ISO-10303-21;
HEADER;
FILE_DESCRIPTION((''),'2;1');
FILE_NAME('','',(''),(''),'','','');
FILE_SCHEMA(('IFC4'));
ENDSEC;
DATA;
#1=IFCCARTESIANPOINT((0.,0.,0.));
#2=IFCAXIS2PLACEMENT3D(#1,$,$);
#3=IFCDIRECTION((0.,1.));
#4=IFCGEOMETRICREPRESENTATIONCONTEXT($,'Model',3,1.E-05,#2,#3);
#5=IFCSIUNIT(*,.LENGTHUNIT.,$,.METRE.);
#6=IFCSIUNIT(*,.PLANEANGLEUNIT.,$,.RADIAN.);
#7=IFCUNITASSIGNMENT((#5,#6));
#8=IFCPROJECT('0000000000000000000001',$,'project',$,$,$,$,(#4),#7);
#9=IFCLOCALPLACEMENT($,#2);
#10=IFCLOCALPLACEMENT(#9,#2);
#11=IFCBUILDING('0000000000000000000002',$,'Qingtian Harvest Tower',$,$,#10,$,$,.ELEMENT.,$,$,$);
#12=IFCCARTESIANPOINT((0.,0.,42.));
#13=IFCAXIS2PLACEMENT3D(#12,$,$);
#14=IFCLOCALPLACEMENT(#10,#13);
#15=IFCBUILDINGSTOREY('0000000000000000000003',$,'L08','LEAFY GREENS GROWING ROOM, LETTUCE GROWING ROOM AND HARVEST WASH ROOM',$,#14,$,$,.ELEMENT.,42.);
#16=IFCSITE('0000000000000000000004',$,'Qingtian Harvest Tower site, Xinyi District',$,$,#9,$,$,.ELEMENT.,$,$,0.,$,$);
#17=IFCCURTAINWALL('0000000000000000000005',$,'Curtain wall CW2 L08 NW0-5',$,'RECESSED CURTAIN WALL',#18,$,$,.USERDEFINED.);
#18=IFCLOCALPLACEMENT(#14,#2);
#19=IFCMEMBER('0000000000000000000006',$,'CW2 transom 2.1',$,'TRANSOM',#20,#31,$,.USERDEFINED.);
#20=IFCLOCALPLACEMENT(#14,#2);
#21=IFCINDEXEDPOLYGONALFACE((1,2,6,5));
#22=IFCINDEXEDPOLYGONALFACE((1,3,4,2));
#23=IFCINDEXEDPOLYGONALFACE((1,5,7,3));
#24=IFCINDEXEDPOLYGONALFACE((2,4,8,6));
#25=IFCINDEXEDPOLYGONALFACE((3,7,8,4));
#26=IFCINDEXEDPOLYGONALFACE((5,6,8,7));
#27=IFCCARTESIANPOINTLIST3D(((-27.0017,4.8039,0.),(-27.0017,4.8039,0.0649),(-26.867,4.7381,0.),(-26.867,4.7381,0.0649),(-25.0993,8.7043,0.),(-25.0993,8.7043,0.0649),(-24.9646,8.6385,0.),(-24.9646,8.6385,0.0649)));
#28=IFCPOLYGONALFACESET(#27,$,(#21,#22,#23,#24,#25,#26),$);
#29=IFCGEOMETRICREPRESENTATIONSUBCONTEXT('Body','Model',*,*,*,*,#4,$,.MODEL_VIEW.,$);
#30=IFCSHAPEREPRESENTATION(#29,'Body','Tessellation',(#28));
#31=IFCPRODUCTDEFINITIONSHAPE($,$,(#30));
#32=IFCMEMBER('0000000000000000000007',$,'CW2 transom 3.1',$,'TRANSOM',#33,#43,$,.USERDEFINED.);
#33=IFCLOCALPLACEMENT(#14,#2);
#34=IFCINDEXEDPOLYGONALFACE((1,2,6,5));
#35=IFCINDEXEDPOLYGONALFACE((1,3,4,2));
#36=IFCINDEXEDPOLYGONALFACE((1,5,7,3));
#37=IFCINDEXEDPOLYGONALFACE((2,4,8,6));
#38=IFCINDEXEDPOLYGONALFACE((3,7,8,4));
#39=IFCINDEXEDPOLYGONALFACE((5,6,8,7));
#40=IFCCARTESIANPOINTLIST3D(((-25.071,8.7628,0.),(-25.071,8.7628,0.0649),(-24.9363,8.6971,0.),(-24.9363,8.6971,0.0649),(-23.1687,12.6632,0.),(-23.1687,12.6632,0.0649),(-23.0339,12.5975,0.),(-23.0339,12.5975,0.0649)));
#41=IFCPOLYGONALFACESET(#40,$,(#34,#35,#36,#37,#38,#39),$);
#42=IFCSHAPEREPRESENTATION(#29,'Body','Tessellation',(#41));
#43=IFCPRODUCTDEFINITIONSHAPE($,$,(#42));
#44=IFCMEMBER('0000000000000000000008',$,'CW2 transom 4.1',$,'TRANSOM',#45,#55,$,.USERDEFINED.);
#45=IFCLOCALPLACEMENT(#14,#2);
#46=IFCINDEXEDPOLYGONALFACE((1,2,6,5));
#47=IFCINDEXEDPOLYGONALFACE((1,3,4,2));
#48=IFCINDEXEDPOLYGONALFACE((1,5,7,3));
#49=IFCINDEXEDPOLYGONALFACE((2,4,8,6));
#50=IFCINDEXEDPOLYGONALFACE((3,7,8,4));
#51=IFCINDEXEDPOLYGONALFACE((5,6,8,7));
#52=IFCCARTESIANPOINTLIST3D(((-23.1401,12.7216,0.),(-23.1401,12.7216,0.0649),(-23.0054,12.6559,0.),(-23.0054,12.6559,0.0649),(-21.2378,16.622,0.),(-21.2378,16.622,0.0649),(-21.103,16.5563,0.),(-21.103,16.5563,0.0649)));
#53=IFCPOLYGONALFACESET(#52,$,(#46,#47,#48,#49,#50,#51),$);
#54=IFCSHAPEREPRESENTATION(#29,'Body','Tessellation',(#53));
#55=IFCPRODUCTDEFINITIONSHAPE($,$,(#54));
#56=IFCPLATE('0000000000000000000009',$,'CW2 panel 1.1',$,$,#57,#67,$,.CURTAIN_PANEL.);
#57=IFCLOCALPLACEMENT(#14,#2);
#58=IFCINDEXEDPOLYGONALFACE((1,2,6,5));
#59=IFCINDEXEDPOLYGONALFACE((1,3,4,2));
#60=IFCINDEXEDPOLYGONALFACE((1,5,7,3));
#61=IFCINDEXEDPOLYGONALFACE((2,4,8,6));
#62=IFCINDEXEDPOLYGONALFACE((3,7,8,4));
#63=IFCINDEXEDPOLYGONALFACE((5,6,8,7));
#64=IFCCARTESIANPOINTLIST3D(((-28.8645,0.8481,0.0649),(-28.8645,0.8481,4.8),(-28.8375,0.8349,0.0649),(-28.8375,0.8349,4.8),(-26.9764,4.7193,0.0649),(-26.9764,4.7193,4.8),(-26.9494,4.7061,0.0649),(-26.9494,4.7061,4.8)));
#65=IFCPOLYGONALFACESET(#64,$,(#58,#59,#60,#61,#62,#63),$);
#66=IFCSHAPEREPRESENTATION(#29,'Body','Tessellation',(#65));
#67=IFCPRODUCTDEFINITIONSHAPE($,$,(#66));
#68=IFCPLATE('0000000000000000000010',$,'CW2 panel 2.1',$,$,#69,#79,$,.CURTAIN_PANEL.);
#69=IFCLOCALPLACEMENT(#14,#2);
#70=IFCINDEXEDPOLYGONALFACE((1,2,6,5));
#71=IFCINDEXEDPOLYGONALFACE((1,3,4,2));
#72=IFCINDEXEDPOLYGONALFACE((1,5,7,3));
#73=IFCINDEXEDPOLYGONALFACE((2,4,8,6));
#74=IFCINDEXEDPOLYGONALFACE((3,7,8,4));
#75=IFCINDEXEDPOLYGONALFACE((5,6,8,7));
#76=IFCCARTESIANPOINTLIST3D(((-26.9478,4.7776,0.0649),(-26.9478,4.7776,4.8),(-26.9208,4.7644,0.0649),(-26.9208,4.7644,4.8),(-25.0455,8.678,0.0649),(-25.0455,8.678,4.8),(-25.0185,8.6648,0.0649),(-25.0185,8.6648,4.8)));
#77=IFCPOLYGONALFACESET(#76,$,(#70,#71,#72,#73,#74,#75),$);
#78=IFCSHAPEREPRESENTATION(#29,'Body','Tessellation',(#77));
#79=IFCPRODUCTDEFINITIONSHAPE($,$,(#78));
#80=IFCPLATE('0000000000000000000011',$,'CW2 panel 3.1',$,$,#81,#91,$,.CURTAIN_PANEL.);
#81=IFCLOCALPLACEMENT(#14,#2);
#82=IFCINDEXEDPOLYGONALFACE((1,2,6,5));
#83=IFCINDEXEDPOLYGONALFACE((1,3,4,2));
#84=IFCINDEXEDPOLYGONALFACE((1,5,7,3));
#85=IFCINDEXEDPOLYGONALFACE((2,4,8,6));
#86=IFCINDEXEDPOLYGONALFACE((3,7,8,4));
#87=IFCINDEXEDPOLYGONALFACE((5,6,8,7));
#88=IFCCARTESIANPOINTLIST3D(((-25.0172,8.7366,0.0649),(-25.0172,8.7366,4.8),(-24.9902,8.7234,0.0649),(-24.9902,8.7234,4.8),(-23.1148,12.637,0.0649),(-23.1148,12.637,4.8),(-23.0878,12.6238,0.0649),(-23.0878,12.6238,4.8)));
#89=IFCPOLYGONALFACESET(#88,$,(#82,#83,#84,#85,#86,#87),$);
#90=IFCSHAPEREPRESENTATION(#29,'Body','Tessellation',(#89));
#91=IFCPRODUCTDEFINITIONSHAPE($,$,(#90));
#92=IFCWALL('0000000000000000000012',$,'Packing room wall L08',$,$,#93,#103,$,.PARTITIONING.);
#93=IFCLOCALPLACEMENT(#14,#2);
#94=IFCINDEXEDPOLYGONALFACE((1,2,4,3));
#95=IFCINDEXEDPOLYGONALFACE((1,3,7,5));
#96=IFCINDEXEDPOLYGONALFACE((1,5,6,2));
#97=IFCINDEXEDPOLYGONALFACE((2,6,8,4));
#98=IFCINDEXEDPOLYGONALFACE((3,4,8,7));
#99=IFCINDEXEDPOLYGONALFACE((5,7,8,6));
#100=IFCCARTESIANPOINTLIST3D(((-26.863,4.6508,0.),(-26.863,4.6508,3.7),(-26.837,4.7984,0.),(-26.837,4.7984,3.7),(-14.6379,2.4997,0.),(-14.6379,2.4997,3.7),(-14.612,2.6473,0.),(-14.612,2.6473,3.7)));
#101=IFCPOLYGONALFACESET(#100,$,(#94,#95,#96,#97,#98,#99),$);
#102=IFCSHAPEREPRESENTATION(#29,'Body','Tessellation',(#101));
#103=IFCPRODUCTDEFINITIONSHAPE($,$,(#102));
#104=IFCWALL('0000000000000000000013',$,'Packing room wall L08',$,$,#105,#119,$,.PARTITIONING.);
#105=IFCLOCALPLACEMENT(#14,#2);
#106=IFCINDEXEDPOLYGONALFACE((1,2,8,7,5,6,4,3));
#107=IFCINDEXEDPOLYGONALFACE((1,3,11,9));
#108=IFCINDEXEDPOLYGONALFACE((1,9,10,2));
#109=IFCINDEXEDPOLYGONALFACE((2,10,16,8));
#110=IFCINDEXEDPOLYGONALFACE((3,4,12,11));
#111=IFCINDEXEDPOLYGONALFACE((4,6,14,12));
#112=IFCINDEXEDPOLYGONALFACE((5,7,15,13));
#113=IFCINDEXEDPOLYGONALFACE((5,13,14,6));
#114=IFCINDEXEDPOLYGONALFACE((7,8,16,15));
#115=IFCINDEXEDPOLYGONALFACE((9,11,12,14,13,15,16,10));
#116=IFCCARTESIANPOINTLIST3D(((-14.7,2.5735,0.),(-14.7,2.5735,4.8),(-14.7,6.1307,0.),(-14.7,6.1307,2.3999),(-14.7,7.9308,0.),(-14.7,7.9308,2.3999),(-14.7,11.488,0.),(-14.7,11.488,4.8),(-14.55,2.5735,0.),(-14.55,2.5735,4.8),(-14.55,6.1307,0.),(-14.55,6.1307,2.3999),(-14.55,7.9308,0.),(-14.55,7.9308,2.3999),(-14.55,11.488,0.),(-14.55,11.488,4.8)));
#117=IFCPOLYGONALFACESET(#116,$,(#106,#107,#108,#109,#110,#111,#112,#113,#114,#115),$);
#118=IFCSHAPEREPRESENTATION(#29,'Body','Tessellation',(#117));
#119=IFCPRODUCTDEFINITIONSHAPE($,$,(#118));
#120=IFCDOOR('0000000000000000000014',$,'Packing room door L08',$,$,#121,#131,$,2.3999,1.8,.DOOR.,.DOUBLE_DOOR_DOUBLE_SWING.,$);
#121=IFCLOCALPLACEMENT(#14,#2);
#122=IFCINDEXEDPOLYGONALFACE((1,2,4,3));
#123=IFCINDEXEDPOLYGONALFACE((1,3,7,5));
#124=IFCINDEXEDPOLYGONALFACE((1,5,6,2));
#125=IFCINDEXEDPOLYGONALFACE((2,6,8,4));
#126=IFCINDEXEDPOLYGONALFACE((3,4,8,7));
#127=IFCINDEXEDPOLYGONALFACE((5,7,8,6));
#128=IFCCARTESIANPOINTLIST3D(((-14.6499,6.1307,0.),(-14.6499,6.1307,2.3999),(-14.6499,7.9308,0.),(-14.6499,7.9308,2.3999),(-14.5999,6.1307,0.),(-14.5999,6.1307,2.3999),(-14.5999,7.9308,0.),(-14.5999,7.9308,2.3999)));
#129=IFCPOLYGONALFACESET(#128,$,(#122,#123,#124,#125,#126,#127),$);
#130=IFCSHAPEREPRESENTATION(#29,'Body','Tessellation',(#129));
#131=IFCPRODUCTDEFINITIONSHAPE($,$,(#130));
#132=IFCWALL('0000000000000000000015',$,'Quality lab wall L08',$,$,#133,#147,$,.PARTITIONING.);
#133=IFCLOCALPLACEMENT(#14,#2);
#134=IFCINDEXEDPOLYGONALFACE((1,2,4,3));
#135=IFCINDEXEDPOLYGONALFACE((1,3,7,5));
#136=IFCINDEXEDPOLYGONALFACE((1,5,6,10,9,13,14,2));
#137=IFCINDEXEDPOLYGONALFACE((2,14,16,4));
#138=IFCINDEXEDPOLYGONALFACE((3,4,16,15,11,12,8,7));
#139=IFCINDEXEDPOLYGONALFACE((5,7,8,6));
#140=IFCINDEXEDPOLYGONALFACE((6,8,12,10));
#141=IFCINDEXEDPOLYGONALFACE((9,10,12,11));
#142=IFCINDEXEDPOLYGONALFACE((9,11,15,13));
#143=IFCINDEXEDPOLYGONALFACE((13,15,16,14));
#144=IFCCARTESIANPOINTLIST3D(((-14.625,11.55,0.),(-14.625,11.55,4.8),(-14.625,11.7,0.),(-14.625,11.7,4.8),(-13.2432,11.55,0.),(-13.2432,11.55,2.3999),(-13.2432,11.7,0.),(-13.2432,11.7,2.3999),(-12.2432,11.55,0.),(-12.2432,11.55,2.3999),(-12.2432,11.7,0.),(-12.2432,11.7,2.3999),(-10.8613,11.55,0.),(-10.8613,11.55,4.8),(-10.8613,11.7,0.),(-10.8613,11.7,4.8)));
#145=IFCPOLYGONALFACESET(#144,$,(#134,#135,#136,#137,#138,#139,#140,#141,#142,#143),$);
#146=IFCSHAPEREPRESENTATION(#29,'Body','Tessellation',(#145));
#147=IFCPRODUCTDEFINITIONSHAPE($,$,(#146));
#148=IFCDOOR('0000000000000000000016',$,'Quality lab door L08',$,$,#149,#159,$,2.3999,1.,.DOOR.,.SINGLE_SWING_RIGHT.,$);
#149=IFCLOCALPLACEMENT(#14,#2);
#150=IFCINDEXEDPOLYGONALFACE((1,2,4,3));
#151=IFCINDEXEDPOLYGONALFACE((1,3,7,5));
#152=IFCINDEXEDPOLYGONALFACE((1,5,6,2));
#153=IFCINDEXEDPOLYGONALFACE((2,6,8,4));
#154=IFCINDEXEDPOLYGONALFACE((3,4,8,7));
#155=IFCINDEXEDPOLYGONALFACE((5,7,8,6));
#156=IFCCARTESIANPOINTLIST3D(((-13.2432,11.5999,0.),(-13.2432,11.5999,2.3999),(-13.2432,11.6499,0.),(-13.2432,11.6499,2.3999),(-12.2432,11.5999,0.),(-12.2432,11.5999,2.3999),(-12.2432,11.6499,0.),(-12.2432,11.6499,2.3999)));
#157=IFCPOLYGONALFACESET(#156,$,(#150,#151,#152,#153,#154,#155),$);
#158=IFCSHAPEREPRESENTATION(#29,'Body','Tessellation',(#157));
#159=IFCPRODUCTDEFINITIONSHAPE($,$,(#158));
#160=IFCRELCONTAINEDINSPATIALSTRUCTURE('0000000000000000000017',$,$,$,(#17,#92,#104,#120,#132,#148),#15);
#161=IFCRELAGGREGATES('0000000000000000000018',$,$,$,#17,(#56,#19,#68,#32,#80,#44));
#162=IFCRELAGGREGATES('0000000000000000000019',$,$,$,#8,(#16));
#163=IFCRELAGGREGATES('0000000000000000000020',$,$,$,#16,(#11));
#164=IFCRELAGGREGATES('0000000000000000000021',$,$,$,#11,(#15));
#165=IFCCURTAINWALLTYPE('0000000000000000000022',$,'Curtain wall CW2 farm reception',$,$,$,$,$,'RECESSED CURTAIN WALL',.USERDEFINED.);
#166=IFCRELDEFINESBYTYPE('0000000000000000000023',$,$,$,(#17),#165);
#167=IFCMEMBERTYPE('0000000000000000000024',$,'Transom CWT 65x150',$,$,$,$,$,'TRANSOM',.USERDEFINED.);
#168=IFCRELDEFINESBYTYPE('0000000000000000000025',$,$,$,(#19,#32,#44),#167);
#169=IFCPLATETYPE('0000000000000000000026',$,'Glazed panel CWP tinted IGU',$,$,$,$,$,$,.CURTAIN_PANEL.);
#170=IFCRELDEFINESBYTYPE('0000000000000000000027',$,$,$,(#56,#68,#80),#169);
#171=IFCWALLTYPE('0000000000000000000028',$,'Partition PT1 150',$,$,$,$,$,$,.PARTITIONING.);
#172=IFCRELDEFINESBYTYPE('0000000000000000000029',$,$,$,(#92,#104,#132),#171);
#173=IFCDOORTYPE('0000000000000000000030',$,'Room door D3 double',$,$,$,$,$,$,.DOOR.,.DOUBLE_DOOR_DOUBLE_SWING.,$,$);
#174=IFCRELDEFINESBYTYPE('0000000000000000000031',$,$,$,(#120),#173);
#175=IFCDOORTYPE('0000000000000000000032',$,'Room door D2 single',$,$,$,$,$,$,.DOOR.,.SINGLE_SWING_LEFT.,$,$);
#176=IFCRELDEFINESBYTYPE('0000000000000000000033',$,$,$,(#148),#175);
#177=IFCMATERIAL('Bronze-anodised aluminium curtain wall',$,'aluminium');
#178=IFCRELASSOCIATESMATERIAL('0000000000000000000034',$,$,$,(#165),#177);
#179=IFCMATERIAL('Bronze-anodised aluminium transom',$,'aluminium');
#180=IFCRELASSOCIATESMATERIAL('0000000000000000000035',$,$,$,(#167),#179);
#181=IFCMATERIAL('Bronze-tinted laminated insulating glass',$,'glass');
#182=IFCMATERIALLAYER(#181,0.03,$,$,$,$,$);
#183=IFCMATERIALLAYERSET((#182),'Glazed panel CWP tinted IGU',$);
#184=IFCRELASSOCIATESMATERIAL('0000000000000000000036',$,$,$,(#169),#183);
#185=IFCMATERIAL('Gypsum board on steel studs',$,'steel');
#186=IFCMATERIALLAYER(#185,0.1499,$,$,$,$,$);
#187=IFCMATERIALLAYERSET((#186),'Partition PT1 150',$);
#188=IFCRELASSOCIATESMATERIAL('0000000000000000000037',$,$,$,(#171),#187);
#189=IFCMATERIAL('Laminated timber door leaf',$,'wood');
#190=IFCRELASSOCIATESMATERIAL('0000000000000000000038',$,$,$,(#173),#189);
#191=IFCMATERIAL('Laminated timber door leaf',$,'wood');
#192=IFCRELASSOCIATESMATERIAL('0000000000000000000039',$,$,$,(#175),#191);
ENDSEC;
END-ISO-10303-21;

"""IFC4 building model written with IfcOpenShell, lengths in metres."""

from ifc_helpers import new_model, si_unit, direction, frame, frame_2d, origin, origin_2d, place, context, subcontext, project, spatial, rectangle, extrude, material, layer, layer_set, material_profile, profile_set, type_object, element, fill, aggregate, save


model = new_model("IFC4")

# Units and contexts
model_context = context("Model", 3, precision=1e-05, world=origin(), true_north=direction((0.0, 1.0)))
body_context = subcontext(model_context, "Body", "Model", "MODEL_VIEW")
ifc_project = project(units=[si_unit("LENGTHUNIT", "METRE"), si_unit("PLANEANGLEUNIT", "RADIAN")], contexts=[model_context])

# Site, building, storey
site_placement = place(None, origin())
site = spatial("IfcSite", under=ifc_project, at=site_placement, Name="Qingtian Harvest Tower site, Xinyi District", CompositionType="ELEMENT", RefElevation=0.0)
building_placement = place(site_placement, origin())
building = spatial("IfcBuilding", under=site, at=building_placement, Name="Qingtian Harvest Tower", CompositionType="ELEMENT")
storey_placement = place(building_placement, frame((0.0, 0.0, 42.0)))
storey = spatial("IfcBuildingStorey", under=building, at=storey_placement, Name="L08", Description="LEAFY GREENS GROWING ROOM, LETTUCE GROWING ROOM AND HARVEST WASH ROOM", CompositionType="ELEMENT", Elevation=42.0)

# Shared definitions
ifc_material_1 = material(Name="Bronze-anodised aluminium curtain wall", Category="aluminium")
curtain_wall_type = type_object("IfcCurtainWallType", Name="Curtain wall CW2 farm reception", ElementType="RECESSED CURTAIN WALL", PredefinedType="USERDEFINED", material=ifc_material_1)

# Curtain wall
curtain_wall_1_placement = place(storey_placement, origin())
curtain_wall_1 = element("IfcCurtainWall", 1, at=curtain_wall_1_placement, inside=storey, type_object=curtain_wall_type, Name="Curtain wall CW2 L08 NW0-5", ObjectType="RECESSED CURTAIN WALL", PredefinedType="USERDEFINED")

# Members
ifc_material_2 = material(Name="Bronze-anodised aluminium transom", Category="aluminium")
ifc_material_profile_1 = material_profile(ifc_material_2, rectangle(XDim=0.1499, YDim=0.0649, at=origin_2d()), Name="AL 65x150")
ifc_profile_set_1 = profile_set([ifc_material_profile_1], Name="Bronze-anodised aluminium transom")
member_type_1 = type_object("IfcMemberType", Name="Transom CWT 65x150", ElementType="TRANSOM", PredefinedType="USERDEFINED", material=ifc_profile_set_1)
member_1_placement = place(storey_placement, frame((-26.9343, 4.771, 0.0325), z_axis=(0.43837, 0.898794, 0.0), x_axis=(-0.898794, 0.43837, 0.0)))
member_1 = element("IfcMember", 2, at=member_1_placement, type_object=member_type_1, Name="CW2 transom 2.1", ObjectType="TRANSOM", PredefinedType="USERDEFINED", context=body_context, shape_type="SweptSolid", body=[
    extrude(rectangle(XDim=0.1499, YDim=0.0649, at=origin_2d()), origin(), (0.0, 0.0, 1.0), 4.3396),
])
member_2_placement = place(storey_placement, frame((-25.0037, 8.73, 0.0325), z_axis=(0.43837, 0.898794, 0.0), x_axis=(-0.898794, 0.43837, 0.0)))
member_2 = element("IfcMember", 3, at=member_2_placement, type_object=member_type_1, Name="CW2 transom 3.1", ObjectType="TRANSOM", PredefinedType="USERDEFINED", context=body_context, shape_type="SweptSolid", body=[
    extrude(rectangle(XDim=0.1499, YDim=0.0649, at=origin_2d()), origin(), (0.0, 0.0, 1.0), 4.3396),
])
member_3_placement = place(storey_placement, frame((-23.0728, 12.6887, 0.0325), z_axis=(0.43837, 0.898794, 0.0), x_axis=(-0.898794, 0.43837, 0.0)))
member_3 = element("IfcMember", 4, at=member_3_placement, type_object=member_type_1, Name="CW2 transom 4.1", ObjectType="TRANSOM", PredefinedType="USERDEFINED", context=body_context, shape_type="SweptSolid", body=[
    extrude(rectangle(XDim=0.1499, YDim=0.0649, at=origin_2d()), origin(), (0.0, 0.0, 1.0), 4.3396),
])

# Plates
ifc_material_3 = material(Name="Bronze-tinted laminated insulating glass", Category="glass")
ifc_layer_1 = layer(ifc_material_3, 0.03)
ifc_layer_set_1 = layer_set([ifc_layer_1], Name="Glazed panel CWP tinted IGU")
plate_type = type_object("IfcPlateType", Name="Glazed panel CWP tinted IGU", PredefinedType="CURTAIN_PANEL", material=ifc_layer_set_1)
plate_1_placement = place(storey_placement, frame((-27.907, 2.7771, 0.0649), z_axis=(0.0, 0.0, 1.0), x_axis=(0.438371, 0.898794, 0.0)))
plate_1 = element("IfcPlate", 5, at=plate_1_placement, type_object=plate_type, Name="CW2 panel 1.1", PredefinedType="CURTAIN_PANEL", context=body_context, shape_type="SweptSolid", body=[
    extrude(rectangle(XDim=4.3071, YDim=0.03, at=origin_2d()), origin(), (0.0, 0.0, 1.0), 4.7351),
])
plate_2_placement = place(storey_placement, frame((-25.9832, 6.7212, 0.0649), z_axis=(0.0, 0.0, 1.0), x_axis=(0.438371, 0.898794, 0.0)))
plate_2 = element("IfcPlate", 6, at=plate_2_placement, type_object=plate_type, Name="CW2 panel 2.1", PredefinedType="CURTAIN_PANEL", context=body_context, shape_type="SweptSolid", body=[
    extrude(rectangle(XDim=4.3396, YDim=0.03, at=origin_2d()), origin(), (0.0, 0.0, 1.0), 4.7351),
])
plate_3_placement = place(storey_placement, frame((-24.0525, 10.6802, 0.0649), z_axis=(0.0, 0.0, 1.0), x_axis=(0.438371, 0.898794, 0.0)))
plate_3 = element("IfcPlate", 7, at=plate_3_placement, type_object=plate_type, Name="CW2 panel 3.1", PredefinedType="CURTAIN_PANEL", context=body_context, shape_type="SweptSolid", body=[
    extrude(rectangle(XDim=4.3396, YDim=0.03, at=origin_2d()), origin(), (0.0, 0.0, 1.0), 4.7351),
])
aggregate(curtain_wall_1, [plate_1, member_1, plate_2, member_2, plate_3, member_3])

# Wall
ifc_material_4 = material(Name="Gypsum board on steel studs", Category="steel")
ifc_layer_2 = layer(ifc_material_4, 0.1499)
ifc_layer_set_2 = layer_set([ifc_layer_2], Name="Partition PT1 150")
wall_type = type_object("IfcWallType", Name="Partition PT1 150", PredefinedType="PARTITIONING", material=ifc_layer_set_2)
wall_1_placement = place(storey_placement, frame((-26.8501, 4.7246, 0.0), z_axis=(0.0, 0.0, 1.0), x_axis=(0.98487, -0.173297, 0.0)))
element("IfcWall", 8, at=wall_1_placement, inside=storey, type_object=wall_type, Name="Packing room wall L08", PredefinedType="PARTITIONING", context=body_context, shape_type="SweptSolid", body=[
    extrude(rectangle(XDim=12.4128, YDim=0.1499, at=frame_2d((6.2065, 0.0))), origin(), (0.0, 0.0, 1.0), 3.7),
])

# Walls, openings, doors
wall_2_placement = place(storey_placement, frame((-14.625, 2.5735, 0.0), z_axis=(0.0, 0.0, 1.0), x_axis=(0.0, 1.0, 0.0)))
wall_2 = element("IfcWall", 9, at=wall_2_placement, inside=storey, type_object=wall_type, Name="Packing room wall L08", PredefinedType="PARTITIONING", context=body_context, shape_type="SweptSolid", body=[
    extrude(rectangle(XDim=8.9146, YDim=0.1499, at=frame_2d((4.4573, 0.0))), origin(), (0.0, 0.0, 1.0), 4.8),
])
opening_1_placement = place(wall_2_placement, frame((3.5574, 0.0, 0.0)))
opening_1 = element("IfcOpeningElement", 10, at=opening_1_placement, cuts=wall_2, PredefinedType="OPENING", context=body_context, shape_type="SweptSolid", body=[
    extrude(rectangle(XDim=1.8, YDim=2.3999, at=frame_2d((0.8999, 1.2))), frame((0.0, 0.085, 0.0), z_axis=(0.0, -1.0, 0.0), x_axis=(1.0, 0.0, 0.0)), (0.0, 0.0, 1.0), 0.1699),
])
ifc_material_5 = material(Name="Laminated timber door leaf", Category="wood")
door_type_1 = type_object("IfcDoorType", Name="Room door D3 double", OperationType="DOUBLE_DOOR_DOUBLE_SWING", PredefinedType="DOOR", material=ifc_material_5)
door_1_placement = place(opening_1_placement, origin())
door_1 = element("IfcDoor", 11, at=door_1_placement, inside=storey, type_object=door_type_1, Name="Packing room door L08", OperationType="DOUBLE_DOOR_DOUBLE_SWING", OverallHeight=2.3999, OverallWidth=1.8, PredefinedType="DOOR", context=body_context, shape_type="SweptSolid", body=[
    extrude(rectangle(XDim=1.8, YDim=2.3999, at=frame_2d((0.8999, 1.2))), frame((0.0, 0.0249, 0.0), z_axis=(0.0, -1.0, 0.0), x_axis=(1.0, 0.0, 0.0)), (0.0, 0.0, 1.0), 0.05),
])
fill(opening_1, door_1)
wall_3_placement = place(storey_placement, frame((-14.625, 11.625, 0.0), z_axis=(0.0, 0.0, 1.0), x_axis=(1.0, 0.0, 0.0)))
wall_3 = element("IfcWall", 12, at=wall_3_placement, inside=storey, type_object=wall_type, Name="Quality lab wall L08", PredefinedType="PARTITIONING", context=body_context, shape_type="SweptSolid", body=[
    extrude(rectangle(XDim=3.7637, YDim=0.1499, at=frame_2d((1.8818, 0.0))), origin(), (0.0, 0.0, 1.0), 4.8),
])
opening_2_placement = place(wall_3_placement, frame((1.3818, 0.0, 0.0)))
opening_2 = element("IfcOpeningElement", 13, at=opening_2_placement, cuts=wall_3, PredefinedType="OPENING", context=body_context, shape_type="SweptSolid", body=[
    extrude(rectangle(XDim=1.0, YDim=2.3999, at=frame_2d((0.5, 1.2))), frame((0.0, 0.085, 0.0), z_axis=(0.0, -1.0, 0.0), x_axis=(1.0, 0.0, 0.0)), (0.0, 0.0, 1.0), 0.1699),
])
ifc_material_6 = material(Name="Laminated timber door leaf", Category="wood")
door_type_2 = type_object("IfcDoorType", Name="Room door D2 single", OperationType="SINGLE_SWING_LEFT", PredefinedType="DOOR", material=ifc_material_6)
door_2_placement = place(opening_2_placement, origin())
door_2 = element("IfcDoor", 14, at=door_2_placement, inside=storey, type_object=door_type_2, Name="Quality lab door L08", OperationType="SINGLE_SWING_RIGHT", OverallHeight=2.3999, OverallWidth=1.0, PredefinedType="DOOR", context=body_context, shape_type="SweptSolid", body=[
    extrude(rectangle(XDim=1.0, YDim=2.3999, at=frame_2d((0.5, 1.2))), frame((0.0, 0.0249, 0.0), z_axis=(0.0, -1.0, 0.0), x_axis=(1.0, 0.0, 0.0)), (0.0, 0.0, 1.0), 0.05),
])
fill(opening_2, door_2)

save(model, "model.ifc")
